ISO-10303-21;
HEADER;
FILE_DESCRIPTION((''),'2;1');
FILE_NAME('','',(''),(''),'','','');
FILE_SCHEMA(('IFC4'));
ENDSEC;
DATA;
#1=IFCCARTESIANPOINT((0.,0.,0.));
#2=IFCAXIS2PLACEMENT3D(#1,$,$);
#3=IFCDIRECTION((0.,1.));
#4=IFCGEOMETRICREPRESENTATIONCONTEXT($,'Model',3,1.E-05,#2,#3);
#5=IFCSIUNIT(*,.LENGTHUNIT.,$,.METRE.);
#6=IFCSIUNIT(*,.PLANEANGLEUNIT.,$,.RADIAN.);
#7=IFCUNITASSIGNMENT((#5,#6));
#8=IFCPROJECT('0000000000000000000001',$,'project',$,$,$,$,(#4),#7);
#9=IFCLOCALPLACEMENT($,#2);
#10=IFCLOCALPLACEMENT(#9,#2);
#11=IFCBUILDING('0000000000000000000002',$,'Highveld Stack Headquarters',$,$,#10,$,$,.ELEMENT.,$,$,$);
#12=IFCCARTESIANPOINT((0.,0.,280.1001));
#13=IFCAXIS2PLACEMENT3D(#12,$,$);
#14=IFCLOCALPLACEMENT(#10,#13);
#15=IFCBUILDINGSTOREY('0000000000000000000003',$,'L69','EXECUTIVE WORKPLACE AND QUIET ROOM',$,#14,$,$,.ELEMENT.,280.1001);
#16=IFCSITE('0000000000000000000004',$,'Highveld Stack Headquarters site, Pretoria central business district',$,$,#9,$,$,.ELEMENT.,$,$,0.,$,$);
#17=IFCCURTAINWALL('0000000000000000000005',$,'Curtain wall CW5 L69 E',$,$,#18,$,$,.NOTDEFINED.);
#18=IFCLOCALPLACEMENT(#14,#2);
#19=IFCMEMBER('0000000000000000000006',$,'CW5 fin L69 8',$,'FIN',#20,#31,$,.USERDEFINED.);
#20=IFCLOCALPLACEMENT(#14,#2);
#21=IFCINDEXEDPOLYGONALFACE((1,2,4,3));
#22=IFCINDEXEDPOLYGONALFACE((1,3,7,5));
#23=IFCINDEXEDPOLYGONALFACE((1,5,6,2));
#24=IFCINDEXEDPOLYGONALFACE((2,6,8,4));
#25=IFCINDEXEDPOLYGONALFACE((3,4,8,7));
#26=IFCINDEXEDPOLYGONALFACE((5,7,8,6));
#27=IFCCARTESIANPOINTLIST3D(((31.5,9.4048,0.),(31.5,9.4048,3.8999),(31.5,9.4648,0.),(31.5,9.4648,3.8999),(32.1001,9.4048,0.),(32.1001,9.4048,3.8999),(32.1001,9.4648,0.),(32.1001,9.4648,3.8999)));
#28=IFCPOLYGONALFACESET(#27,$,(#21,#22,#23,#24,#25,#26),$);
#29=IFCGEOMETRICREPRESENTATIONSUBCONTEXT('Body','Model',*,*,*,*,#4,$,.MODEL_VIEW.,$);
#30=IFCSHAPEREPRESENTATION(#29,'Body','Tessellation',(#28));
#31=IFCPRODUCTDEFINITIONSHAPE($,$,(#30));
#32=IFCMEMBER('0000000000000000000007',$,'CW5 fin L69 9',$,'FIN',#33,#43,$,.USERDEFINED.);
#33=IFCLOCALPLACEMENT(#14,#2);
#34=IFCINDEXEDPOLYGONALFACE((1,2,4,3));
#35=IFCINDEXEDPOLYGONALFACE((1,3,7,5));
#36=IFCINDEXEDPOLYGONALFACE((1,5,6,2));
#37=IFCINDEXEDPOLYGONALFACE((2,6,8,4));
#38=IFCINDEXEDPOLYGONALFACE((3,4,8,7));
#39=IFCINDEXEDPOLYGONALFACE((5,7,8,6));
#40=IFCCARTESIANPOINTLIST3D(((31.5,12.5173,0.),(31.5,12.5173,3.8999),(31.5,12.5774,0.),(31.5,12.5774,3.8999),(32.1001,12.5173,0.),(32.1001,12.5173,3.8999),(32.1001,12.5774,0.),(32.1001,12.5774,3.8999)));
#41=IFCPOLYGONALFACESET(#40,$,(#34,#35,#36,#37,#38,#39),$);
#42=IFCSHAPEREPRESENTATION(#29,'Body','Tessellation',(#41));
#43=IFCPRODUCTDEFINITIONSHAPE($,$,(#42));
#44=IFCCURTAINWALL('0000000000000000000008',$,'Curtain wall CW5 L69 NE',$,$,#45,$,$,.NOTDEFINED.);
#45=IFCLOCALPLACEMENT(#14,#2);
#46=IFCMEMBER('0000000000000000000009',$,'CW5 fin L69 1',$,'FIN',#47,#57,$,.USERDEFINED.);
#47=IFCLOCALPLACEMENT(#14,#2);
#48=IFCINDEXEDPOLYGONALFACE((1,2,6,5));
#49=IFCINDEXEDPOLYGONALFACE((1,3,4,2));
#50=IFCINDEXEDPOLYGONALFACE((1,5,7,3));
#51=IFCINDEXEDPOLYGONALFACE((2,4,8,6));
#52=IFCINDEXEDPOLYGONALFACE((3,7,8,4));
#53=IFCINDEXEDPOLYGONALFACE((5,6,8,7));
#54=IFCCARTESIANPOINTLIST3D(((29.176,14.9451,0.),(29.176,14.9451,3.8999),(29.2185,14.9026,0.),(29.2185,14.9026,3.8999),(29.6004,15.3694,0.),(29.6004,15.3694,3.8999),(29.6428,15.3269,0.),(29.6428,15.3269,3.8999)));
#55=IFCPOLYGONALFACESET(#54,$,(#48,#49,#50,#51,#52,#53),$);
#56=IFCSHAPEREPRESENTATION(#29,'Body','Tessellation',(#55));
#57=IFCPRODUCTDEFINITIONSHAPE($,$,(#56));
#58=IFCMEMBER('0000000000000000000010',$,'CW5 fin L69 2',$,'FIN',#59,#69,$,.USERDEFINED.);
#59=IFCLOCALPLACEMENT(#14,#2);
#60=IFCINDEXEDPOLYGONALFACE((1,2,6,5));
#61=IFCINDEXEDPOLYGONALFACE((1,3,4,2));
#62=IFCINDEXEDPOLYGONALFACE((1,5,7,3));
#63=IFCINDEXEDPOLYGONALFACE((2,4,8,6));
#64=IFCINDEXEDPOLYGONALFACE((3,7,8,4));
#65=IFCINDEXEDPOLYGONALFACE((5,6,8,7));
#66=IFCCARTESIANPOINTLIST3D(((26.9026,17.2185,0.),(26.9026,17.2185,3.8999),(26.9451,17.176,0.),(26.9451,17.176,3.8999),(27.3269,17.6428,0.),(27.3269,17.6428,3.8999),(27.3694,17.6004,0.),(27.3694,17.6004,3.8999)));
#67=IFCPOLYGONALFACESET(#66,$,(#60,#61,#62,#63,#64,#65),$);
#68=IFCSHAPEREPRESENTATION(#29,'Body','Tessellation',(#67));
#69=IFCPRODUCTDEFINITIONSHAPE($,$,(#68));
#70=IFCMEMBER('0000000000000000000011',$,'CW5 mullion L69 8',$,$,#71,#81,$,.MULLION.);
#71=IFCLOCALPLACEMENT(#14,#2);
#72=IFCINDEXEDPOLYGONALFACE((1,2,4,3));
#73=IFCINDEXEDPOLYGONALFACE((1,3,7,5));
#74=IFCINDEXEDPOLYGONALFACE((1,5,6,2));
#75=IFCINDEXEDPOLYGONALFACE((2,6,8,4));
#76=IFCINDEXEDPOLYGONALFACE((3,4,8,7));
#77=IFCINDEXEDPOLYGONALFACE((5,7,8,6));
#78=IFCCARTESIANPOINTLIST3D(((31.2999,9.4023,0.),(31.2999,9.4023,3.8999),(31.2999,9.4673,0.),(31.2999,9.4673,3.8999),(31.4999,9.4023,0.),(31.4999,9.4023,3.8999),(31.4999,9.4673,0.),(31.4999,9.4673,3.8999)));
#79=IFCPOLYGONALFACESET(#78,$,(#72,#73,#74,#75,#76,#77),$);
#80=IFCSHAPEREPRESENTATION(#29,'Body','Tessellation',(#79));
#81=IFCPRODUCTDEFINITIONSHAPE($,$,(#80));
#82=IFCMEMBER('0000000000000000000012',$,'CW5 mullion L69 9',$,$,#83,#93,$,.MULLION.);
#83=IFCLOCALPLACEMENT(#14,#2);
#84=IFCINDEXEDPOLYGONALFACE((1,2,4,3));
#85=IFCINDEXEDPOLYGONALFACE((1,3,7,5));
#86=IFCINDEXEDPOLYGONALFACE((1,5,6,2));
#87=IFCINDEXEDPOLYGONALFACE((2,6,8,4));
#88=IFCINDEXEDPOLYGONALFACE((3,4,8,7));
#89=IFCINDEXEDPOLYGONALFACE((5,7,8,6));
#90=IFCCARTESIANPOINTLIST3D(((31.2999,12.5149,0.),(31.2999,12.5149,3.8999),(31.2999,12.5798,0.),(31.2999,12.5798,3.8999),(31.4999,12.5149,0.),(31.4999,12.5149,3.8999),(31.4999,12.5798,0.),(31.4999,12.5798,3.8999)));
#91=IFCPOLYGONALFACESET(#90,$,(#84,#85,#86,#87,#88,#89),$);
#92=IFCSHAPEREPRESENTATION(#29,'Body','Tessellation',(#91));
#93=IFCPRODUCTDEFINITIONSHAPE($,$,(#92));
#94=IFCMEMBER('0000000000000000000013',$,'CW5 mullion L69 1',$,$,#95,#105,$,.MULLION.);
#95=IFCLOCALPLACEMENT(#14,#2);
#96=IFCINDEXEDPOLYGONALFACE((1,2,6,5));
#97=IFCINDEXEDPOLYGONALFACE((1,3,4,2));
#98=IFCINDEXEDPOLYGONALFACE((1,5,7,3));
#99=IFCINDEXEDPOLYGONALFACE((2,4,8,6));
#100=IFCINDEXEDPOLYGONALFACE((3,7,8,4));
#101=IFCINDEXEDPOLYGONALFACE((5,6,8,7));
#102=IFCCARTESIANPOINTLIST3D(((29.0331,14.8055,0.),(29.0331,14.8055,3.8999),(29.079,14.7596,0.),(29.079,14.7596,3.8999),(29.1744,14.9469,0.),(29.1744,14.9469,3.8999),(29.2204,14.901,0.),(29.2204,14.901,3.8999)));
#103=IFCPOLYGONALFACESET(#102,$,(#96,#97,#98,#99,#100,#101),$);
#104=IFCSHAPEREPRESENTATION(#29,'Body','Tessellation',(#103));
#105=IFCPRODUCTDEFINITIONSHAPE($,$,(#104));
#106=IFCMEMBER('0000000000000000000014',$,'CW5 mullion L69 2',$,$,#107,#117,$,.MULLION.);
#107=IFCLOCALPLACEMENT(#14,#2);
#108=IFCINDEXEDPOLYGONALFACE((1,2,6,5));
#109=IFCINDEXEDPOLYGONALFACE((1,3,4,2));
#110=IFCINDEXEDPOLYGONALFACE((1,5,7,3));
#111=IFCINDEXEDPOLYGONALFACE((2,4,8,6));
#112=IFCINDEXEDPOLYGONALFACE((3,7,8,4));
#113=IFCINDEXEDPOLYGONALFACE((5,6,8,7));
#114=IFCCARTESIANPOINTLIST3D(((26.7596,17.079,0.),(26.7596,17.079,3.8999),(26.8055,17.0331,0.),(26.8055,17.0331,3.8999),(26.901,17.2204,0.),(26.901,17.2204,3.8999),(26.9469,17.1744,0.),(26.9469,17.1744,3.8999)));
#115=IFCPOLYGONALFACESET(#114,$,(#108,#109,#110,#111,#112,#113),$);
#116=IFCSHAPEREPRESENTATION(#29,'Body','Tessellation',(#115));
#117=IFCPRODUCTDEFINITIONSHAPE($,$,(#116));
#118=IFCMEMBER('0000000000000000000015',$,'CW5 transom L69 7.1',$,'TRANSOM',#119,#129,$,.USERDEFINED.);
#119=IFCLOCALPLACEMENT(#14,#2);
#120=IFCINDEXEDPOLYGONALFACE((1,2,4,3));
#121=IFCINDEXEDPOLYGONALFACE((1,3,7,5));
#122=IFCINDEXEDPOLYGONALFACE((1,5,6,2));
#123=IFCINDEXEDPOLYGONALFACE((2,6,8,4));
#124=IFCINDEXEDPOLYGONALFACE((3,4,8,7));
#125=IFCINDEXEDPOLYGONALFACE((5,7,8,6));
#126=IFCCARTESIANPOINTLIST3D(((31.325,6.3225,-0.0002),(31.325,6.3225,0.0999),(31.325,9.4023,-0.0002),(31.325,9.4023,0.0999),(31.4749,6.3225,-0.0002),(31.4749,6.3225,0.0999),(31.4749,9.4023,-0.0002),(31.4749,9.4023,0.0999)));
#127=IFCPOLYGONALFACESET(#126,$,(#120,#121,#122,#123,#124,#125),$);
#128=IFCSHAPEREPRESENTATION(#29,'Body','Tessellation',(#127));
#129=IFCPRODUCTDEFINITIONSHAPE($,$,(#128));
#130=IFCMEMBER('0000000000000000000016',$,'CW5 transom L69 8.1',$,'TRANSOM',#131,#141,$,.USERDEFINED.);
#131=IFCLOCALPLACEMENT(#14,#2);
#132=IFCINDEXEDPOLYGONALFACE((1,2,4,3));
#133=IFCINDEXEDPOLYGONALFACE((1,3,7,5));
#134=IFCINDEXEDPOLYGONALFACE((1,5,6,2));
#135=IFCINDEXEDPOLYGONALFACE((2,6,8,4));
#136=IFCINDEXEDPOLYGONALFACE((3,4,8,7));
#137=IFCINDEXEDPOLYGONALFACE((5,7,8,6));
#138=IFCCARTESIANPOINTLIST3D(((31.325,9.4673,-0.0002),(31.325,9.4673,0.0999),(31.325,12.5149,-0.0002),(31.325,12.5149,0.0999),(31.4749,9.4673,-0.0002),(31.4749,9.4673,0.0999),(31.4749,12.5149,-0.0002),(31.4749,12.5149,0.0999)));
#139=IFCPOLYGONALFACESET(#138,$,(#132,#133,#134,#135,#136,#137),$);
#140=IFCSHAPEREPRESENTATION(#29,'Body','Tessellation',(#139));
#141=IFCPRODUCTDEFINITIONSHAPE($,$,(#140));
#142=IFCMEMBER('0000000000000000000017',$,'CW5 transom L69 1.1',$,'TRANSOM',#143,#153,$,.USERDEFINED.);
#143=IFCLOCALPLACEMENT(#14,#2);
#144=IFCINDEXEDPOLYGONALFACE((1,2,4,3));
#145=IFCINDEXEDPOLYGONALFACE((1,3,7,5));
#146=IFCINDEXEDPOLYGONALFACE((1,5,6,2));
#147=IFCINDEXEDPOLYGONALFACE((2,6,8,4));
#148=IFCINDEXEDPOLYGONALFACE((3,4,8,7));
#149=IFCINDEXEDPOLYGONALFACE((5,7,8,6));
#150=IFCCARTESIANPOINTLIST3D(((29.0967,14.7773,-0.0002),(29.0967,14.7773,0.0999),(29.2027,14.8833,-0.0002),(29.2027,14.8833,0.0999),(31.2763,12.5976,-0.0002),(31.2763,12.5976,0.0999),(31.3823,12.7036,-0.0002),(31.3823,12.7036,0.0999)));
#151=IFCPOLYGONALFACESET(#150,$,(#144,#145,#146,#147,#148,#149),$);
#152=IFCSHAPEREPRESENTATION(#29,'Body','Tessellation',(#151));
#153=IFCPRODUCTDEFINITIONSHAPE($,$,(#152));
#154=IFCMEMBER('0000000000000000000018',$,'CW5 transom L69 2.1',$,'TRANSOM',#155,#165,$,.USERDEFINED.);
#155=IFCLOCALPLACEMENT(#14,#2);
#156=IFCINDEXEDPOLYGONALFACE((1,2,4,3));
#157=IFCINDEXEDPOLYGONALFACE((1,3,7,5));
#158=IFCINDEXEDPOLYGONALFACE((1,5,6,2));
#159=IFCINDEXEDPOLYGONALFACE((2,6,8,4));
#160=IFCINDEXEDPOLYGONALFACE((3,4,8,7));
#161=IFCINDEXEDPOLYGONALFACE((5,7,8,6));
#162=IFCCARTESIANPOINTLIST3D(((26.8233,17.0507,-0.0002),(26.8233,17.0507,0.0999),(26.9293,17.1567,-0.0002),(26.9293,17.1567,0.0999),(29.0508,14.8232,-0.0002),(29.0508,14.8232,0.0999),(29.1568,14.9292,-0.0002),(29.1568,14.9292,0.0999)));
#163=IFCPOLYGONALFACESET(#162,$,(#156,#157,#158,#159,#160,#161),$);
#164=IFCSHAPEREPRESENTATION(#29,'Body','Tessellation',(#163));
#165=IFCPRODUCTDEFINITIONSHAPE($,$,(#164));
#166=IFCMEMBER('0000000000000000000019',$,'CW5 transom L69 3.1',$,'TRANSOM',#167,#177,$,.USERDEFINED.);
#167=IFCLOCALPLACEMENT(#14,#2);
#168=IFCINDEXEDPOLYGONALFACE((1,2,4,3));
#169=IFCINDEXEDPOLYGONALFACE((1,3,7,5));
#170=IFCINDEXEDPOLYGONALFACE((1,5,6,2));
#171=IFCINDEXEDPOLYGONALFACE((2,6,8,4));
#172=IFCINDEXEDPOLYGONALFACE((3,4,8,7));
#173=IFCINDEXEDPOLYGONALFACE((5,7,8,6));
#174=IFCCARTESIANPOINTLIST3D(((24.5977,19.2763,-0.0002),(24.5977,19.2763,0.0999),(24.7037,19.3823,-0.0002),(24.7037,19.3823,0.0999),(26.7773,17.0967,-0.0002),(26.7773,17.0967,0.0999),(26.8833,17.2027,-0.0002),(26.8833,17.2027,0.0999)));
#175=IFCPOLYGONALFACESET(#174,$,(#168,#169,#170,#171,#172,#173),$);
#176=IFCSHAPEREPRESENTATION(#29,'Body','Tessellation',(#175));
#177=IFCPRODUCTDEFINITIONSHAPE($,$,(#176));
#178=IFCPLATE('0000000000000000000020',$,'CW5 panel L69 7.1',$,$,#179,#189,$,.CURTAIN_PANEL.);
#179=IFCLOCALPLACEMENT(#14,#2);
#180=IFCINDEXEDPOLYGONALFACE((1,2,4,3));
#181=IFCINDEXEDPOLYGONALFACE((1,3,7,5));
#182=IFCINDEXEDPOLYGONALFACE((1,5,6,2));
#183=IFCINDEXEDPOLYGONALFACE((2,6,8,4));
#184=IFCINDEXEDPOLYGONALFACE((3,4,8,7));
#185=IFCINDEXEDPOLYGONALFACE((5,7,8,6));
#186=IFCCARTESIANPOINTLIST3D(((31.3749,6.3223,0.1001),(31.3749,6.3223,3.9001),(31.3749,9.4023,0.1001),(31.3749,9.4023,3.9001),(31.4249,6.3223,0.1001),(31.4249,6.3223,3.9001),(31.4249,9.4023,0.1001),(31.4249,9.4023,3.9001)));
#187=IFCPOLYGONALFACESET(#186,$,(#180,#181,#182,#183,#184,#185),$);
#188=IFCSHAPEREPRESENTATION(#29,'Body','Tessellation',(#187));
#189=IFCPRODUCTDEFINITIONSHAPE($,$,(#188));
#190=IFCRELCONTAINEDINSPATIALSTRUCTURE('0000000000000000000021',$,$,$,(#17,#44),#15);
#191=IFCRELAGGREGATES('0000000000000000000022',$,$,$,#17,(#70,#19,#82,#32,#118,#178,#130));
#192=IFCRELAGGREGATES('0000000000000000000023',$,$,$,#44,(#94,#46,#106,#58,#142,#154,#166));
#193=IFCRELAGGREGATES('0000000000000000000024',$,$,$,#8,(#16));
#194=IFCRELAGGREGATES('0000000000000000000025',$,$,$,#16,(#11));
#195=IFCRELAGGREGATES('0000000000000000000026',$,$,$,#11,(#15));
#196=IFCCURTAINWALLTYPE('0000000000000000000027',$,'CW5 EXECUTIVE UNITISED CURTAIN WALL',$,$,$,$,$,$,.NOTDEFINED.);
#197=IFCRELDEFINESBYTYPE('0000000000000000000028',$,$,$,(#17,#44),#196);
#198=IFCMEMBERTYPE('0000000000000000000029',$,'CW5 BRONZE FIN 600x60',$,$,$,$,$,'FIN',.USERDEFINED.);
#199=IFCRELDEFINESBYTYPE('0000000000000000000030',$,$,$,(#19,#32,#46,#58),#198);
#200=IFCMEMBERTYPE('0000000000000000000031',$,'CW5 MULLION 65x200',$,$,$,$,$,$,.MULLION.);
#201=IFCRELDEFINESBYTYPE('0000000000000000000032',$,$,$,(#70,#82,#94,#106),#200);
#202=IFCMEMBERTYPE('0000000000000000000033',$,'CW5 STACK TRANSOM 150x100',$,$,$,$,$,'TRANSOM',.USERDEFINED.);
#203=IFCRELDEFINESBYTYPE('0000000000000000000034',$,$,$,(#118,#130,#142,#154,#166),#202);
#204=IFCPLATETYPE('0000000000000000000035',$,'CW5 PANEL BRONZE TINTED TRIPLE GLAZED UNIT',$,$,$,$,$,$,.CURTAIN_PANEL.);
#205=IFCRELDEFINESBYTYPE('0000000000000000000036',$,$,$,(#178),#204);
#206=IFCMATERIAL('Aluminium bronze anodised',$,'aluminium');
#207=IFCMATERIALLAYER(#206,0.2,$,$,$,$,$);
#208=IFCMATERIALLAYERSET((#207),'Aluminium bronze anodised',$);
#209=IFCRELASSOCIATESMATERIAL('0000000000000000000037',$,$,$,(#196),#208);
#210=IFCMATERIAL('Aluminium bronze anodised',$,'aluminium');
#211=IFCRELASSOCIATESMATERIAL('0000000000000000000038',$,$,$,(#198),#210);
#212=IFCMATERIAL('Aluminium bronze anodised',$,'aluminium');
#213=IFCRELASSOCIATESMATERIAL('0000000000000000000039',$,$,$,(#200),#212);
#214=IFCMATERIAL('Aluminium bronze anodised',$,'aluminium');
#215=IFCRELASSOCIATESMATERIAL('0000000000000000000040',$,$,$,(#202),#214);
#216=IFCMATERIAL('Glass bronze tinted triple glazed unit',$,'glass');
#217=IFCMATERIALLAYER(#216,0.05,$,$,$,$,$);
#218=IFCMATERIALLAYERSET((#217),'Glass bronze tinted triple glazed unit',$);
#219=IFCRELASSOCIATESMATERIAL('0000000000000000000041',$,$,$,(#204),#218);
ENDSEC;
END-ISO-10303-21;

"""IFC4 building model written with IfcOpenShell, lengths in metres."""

from ifc_helpers import new_model, si_unit, direction, frame, origin, origin_2d, place, context, subcontext, project, spatial, rectangle, extrude, material, layer, layer_set, material_profile, profile_set, type_object, element, aggregate, save


model = new_model("IFC4")

# Units and contexts
model_context = context("Model", 3, precision=1e-05, world=origin(), true_north=direction((0.0, 1.0)))
body_context = subcontext(model_context, "Body", "Model", "MODEL_VIEW")
ifc_project = project(units=[si_unit("LENGTHUNIT", "METRE"), si_unit("PLANEANGLEUNIT", "RADIAN")], contexts=[model_context])

# Site, building, storey
site_placement = place(None, origin())
site = spatial("IfcSite", under=ifc_project, at=site_placement, Name="Highveld Stack Headquarters site, Pretoria central business district", CompositionType="ELEMENT", RefElevation=0.0)
building_placement = place(site_placement, origin())
building = spatial("IfcBuilding", under=site, at=building_placement, Name="Highveld Stack Headquarters", CompositionType="ELEMENT")
storey_placement = place(building_placement, frame((0.0, 0.0, 280.1001)))
storey = spatial("IfcBuildingStorey", under=building, at=storey_placement, Name="L69", Description="EXECUTIVE WORKPLACE AND QUIET ROOM", CompositionType="ELEMENT", Elevation=280.1001)

# Curtain walls, members
ifc_material_1 = material(Name="Aluminium bronze anodised", Category="aluminium")
ifc_layer_1 = layer(ifc_material_1, 0.2)
ifc_layer_set_1 = layer_set([ifc_layer_1], Name="Aluminium bronze anodised")
curtain_wall_type = type_object("IfcCurtainWallType", Name="CW5 EXECUTIVE UNITISED CURTAIN WALL", PredefinedType="NOTDEFINED", material=ifc_layer_set_1)
curtain_wall_1_placement = place(storey_placement, origin())
curtain_wall_1 = element("IfcCurtainWall", 1, at=curtain_wall_1_placement, inside=storey, type_object=curtain_wall_type, Name="Curtain wall CW5 L69 E", PredefinedType="NOTDEFINED")
ifc_material_2 = material(Name="Aluminium bronze anodised", Category="aluminium")
ifc_material_profile_1 = material_profile(ifc_material_2, rectangle(XDim=0.6001, YDim=0.0601, at=origin_2d()), Name="FIN 600x60")
ifc_profile_set_1 = profile_set([ifc_material_profile_1], Name="Aluminium bronze anodised")
member_type_1 = type_object("IfcMemberType", Name="CW5 BRONZE FIN 600x60", ElementType="FIN", PredefinedType="USERDEFINED", material=ifc_profile_set_1)
member_1_placement = place(storey_placement, frame((31.8, 9.4348, 0.0), z_axis=(0.0, 0.0, 1.0), x_axis=(-1.0, 0.0, 0.0)))
member_1 = element("IfcMember", 2, at=member_1_placement, type_object=member_type_1, Name="CW5 fin L69 8", ObjectType="FIN", PredefinedType="USERDEFINED", context=body_context, shape_type="SweptSolid", body=[
    extrude(rectangle(XDim=0.6001, YDim=0.0601, at=origin_2d()), origin(), (0.0, 0.0, 1.0), 3.8999),
])
member_2_placement = place(storey_placement, frame((31.8, 12.5474, 0.0), z_axis=(0.0, 0.0, 1.0), x_axis=(-1.0, 0.0, 0.0)))
member_2 = element("IfcMember", 3, at=member_2_placement, type_object=member_type_1, Name="CW5 fin L69 9", ObjectType="FIN", PredefinedType="USERDEFINED", context=body_context, shape_type="SweptSolid", body=[
    extrude(rectangle(XDim=0.6001, YDim=0.0601, at=origin_2d()), origin(), (0.0, 0.0, 1.0), 3.8999),
])
curtain_wall_2_placement = place(storey_placement, origin())
curtain_wall_2 = element("IfcCurtainWall", 4, at=curtain_wall_2_placement, inside=storey, type_object=curtain_wall_type, Name="Curtain wall CW5 L69 NE", PredefinedType="NOTDEFINED")
member_3_placement = place(storey_placement, frame((29.4094, 15.136, 0.0), z_axis=(0.0, 0.0, 1.0), x_axis=(-0.707107, -0.707107, 0.0)))
member_3 = element("IfcMember", 5, at=member_3_placement, type_object=member_type_1, Name="CW5 fin L69 1", ObjectType="FIN", PredefinedType="USERDEFINED", context=body_context, shape_type="SweptSolid", body=[
    extrude(rectangle(XDim=0.6001, YDim=0.0601, at=origin_2d()), origin(), (0.0, 0.0, 1.0), 3.8999),
])
member_4_placement = place(storey_placement, frame((27.136, 17.4094, 0.0), z_axis=(0.0, 0.0, 1.0), x_axis=(-0.707107, -0.707107, 0.0)))
member_4 = element("IfcMember", 6, at=member_4_placement, type_object=member_type_1, Name="CW5 fin L69 2", ObjectType="FIN", PredefinedType="USERDEFINED", context=body_context, shape_type="SweptSolid", body=[
    extrude(rectangle(XDim=0.6001, YDim=0.0601, at=origin_2d()), origin(), (0.0, 0.0, 1.0), 3.8999),
])

# Members
ifc_material_3 = material(Name="Aluminium bronze anodised", Category="aluminium")
ifc_material_profile_2 = material_profile(ifc_material_3, rectangle(XDim=0.2, YDim=0.0649, at=origin_2d()), Name="CW5 MULLION 65x200")
ifc_profile_set_2 = profile_set([ifc_material_profile_2], Name="Aluminium bronze anodised")
member_type_2 = type_object("IfcMemberType", Name="CW5 MULLION 65x200", PredefinedType="MULLION", material=ifc_profile_set_2)
member_5_placement = place(storey_placement, frame((31.3999, 9.4348, 0.0), z_axis=(0.0, 0.0, 1.0), x_axis=(-1.0, 0.0, 0.0)))
member_5 = element("IfcMember", 7, at=member_5_placement, type_object=member_type_2, Name="CW5 mullion L69 8", PredefinedType="MULLION", context=body_context, shape_type="SweptSolid", body=[
    extrude(rectangle(XDim=0.2, YDim=0.0649, at=origin_2d()), origin(), (0.0, 0.0, 1.0), 3.8999),
])
member_6_placement = place(storey_placement, frame((31.3999, 12.5474, 0.0), z_axis=(0.0, 0.0, 1.0), x_axis=(-1.0, 0.0, 0.0)))
member_6 = element("IfcMember", 8, at=member_6_placement, type_object=member_type_2, Name="CW5 mullion L69 9", PredefinedType="MULLION", context=body_context, shape_type="SweptSolid", body=[
    extrude(rectangle(XDim=0.2, YDim=0.0649, at=origin_2d()), origin(), (0.0, 0.0, 1.0), 3.8999),
])
member_7_placement = place(storey_placement, frame((29.1267, 14.8533, 0.0), z_axis=(0.0, 0.0, 1.0), x_axis=(-0.707107, -0.707107, 0.0)))
member_7 = element("IfcMember", 9, at=member_7_placement, type_object=member_type_2, Name="CW5 mullion L69 1", PredefinedType="MULLION", context=body_context, shape_type="SweptSolid", body=[
    extrude(rectangle(XDim=0.2, YDim=0.0649, at=origin_2d()), origin(), (0.0, 0.0, 1.0), 3.8999),
])
member_8_placement = place(storey_placement, frame((26.8533, 17.1267, 0.0), z_axis=(0.0, 0.0, 1.0), x_axis=(-0.707107, -0.707107, 0.0)))
member_8 = element("IfcMember", 10, at=member_8_placement, type_object=member_type_2, Name="CW5 mullion L69 2", PredefinedType="MULLION", context=body_context, shape_type="SweptSolid", body=[
    extrude(rectangle(XDim=0.2, YDim=0.0649, at=origin_2d()), origin(), (0.0, 0.0, 1.0), 3.8999),
])
ifc_material_4 = material(Name="Aluminium bronze anodised", Category="aluminium")
ifc_material_profile_3 = material_profile(ifc_material_4, rectangle(XDim=0.1499, YDim=0.1001, at=origin_2d()), Name="CW5 TRANSOM 150x100")
ifc_profile_set_3 = profile_set([ifc_material_profile_3], Name="Aluminium bronze anodised")
member_type_3 = type_object("IfcMemberType", Name="CW5 STACK TRANSOM 150x100", ElementType="TRANSOM", PredefinedType="USERDEFINED", material=ifc_profile_set_3)
member_9_placement = place(storey_placement, frame((31.3999, 6.3225, 0.0498), z_axis=(0.0, 1.0, 0.0), x_axis=(-1.0, 0.0, 0.0)))
member_9 = element("IfcMember", 11, at=member_9_placement, type_object=member_type_3, Name="CW5 transom L69 7.1", ObjectType="TRANSOM", PredefinedType="USERDEFINED", context=body_context, shape_type="SweptSolid", body=[
    extrude(rectangle(XDim=0.1499, YDim=0.1001, at=origin_2d()), origin(), (0.0, 0.0, 1.0), 3.0798),
])
member_10_placement = place(storey_placement, frame((31.3999, 9.4673, 0.0498), z_axis=(0.0, 1.0, 0.0), x_axis=(-1.0, 0.0, 0.0)))
member_10 = element("IfcMember", 12, at=member_10_placement, type_object=member_type_3, Name="CW5 transom L69 8.1", ObjectType="TRANSOM", PredefinedType="USERDEFINED", context=body_context, shape_type="SweptSolid", body=[
    extrude(rectangle(XDim=0.1499, YDim=0.1001, at=origin_2d()), origin(), (0.0, 0.0, 1.0), 3.0476),
])
member_11_placement = place(storey_placement, frame((31.3293, 12.6506, 0.0498), z_axis=(-0.707107, 0.707107, 0.0), x_axis=(-0.707107, -0.707107, 0.0)))
member_11 = element("IfcMember", 13, at=member_11_placement, type_object=member_type_3, Name="CW5 transom L69 1.1", ObjectType="TRANSOM", PredefinedType="USERDEFINED", context=body_context, shape_type="SweptSolid", body=[
    extrude(rectangle(XDim=0.1499, YDim=0.1001, at=origin_2d()), origin(), (0.0, 0.0, 1.0), 3.0825),
])
member_12_placement = place(storey_placement, frame((29.1038, 14.8762, 0.0498), z_axis=(-0.707107, 0.707107, 0.0), x_axis=(-0.707107, -0.707107, 0.0)))
member_12 = element("IfcMember", 14, at=member_12_placement, type_object=member_type_3, Name="CW5 transom L69 2.1", ObjectType="TRANSOM", PredefinedType="USERDEFINED", context=body_context, shape_type="SweptSolid", body=[
    extrude(rectangle(XDim=0.1499, YDim=0.1001, at=origin_2d()), origin(), (0.0, 0.0, 1.0), 3.1501),
])
member_13_placement = place(storey_placement, frame((26.8303, 17.1497, 0.0498), z_axis=(-0.707107, 0.707107, 0.0), x_axis=(-0.707107, -0.707107, 0.0)))
member_13 = element("IfcMember", 15, at=member_13_placement, type_object=member_type_3, Name="CW5 transom L69 3.1", ObjectType="TRANSOM", PredefinedType="USERDEFINED", context=body_context, shape_type="SweptSolid", body=[
    extrude(rectangle(XDim=0.1499, YDim=0.1001, at=origin_2d()), origin(), (0.0, 0.0, 1.0), 3.0825),
])

# Plate
ifc_material_5 = material(Name="Glass bronze tinted triple glazed unit", Category="glass")
ifc_layer_2 = layer(ifc_material_5, 0.05)
ifc_layer_set_2 = layer_set([ifc_layer_2], Name="Glass bronze tinted triple glazed unit")
plate_type = type_object("IfcPlateType", Name="CW5 PANEL BRONZE TINTED TRIPLE GLAZED UNIT", PredefinedType="CURTAIN_PANEL", material=ifc_layer_set_2)
plate_1_placement = place(storey_placement, frame((31.3999, 7.8623, 0.1001), z_axis=(0.0, 0.0, 1.0), x_axis=(0.0, 1.0, 0.0)))
plate_1 = element("IfcPlate", 16, at=plate_1_placement, type_object=plate_type, Name="CW5 panel L69 7.1", PredefinedType="CURTAIN_PANEL", context=body_context, shape_type="SweptSolid", body=[
    extrude(rectangle(XDim=3.0801, YDim=0.05, at=origin_2d()), origin(), (0.0, 0.0, 1.0), 3.8),
])
aggregate(curtain_wall_1, [member_5, member_1, member_6, member_2, member_9, plate_1, member_10])
aggregate(curtain_wall_2, [member_7, member_3, member_8, member_4, member_11, member_12, member_13])

save(model, "model.ifc")
